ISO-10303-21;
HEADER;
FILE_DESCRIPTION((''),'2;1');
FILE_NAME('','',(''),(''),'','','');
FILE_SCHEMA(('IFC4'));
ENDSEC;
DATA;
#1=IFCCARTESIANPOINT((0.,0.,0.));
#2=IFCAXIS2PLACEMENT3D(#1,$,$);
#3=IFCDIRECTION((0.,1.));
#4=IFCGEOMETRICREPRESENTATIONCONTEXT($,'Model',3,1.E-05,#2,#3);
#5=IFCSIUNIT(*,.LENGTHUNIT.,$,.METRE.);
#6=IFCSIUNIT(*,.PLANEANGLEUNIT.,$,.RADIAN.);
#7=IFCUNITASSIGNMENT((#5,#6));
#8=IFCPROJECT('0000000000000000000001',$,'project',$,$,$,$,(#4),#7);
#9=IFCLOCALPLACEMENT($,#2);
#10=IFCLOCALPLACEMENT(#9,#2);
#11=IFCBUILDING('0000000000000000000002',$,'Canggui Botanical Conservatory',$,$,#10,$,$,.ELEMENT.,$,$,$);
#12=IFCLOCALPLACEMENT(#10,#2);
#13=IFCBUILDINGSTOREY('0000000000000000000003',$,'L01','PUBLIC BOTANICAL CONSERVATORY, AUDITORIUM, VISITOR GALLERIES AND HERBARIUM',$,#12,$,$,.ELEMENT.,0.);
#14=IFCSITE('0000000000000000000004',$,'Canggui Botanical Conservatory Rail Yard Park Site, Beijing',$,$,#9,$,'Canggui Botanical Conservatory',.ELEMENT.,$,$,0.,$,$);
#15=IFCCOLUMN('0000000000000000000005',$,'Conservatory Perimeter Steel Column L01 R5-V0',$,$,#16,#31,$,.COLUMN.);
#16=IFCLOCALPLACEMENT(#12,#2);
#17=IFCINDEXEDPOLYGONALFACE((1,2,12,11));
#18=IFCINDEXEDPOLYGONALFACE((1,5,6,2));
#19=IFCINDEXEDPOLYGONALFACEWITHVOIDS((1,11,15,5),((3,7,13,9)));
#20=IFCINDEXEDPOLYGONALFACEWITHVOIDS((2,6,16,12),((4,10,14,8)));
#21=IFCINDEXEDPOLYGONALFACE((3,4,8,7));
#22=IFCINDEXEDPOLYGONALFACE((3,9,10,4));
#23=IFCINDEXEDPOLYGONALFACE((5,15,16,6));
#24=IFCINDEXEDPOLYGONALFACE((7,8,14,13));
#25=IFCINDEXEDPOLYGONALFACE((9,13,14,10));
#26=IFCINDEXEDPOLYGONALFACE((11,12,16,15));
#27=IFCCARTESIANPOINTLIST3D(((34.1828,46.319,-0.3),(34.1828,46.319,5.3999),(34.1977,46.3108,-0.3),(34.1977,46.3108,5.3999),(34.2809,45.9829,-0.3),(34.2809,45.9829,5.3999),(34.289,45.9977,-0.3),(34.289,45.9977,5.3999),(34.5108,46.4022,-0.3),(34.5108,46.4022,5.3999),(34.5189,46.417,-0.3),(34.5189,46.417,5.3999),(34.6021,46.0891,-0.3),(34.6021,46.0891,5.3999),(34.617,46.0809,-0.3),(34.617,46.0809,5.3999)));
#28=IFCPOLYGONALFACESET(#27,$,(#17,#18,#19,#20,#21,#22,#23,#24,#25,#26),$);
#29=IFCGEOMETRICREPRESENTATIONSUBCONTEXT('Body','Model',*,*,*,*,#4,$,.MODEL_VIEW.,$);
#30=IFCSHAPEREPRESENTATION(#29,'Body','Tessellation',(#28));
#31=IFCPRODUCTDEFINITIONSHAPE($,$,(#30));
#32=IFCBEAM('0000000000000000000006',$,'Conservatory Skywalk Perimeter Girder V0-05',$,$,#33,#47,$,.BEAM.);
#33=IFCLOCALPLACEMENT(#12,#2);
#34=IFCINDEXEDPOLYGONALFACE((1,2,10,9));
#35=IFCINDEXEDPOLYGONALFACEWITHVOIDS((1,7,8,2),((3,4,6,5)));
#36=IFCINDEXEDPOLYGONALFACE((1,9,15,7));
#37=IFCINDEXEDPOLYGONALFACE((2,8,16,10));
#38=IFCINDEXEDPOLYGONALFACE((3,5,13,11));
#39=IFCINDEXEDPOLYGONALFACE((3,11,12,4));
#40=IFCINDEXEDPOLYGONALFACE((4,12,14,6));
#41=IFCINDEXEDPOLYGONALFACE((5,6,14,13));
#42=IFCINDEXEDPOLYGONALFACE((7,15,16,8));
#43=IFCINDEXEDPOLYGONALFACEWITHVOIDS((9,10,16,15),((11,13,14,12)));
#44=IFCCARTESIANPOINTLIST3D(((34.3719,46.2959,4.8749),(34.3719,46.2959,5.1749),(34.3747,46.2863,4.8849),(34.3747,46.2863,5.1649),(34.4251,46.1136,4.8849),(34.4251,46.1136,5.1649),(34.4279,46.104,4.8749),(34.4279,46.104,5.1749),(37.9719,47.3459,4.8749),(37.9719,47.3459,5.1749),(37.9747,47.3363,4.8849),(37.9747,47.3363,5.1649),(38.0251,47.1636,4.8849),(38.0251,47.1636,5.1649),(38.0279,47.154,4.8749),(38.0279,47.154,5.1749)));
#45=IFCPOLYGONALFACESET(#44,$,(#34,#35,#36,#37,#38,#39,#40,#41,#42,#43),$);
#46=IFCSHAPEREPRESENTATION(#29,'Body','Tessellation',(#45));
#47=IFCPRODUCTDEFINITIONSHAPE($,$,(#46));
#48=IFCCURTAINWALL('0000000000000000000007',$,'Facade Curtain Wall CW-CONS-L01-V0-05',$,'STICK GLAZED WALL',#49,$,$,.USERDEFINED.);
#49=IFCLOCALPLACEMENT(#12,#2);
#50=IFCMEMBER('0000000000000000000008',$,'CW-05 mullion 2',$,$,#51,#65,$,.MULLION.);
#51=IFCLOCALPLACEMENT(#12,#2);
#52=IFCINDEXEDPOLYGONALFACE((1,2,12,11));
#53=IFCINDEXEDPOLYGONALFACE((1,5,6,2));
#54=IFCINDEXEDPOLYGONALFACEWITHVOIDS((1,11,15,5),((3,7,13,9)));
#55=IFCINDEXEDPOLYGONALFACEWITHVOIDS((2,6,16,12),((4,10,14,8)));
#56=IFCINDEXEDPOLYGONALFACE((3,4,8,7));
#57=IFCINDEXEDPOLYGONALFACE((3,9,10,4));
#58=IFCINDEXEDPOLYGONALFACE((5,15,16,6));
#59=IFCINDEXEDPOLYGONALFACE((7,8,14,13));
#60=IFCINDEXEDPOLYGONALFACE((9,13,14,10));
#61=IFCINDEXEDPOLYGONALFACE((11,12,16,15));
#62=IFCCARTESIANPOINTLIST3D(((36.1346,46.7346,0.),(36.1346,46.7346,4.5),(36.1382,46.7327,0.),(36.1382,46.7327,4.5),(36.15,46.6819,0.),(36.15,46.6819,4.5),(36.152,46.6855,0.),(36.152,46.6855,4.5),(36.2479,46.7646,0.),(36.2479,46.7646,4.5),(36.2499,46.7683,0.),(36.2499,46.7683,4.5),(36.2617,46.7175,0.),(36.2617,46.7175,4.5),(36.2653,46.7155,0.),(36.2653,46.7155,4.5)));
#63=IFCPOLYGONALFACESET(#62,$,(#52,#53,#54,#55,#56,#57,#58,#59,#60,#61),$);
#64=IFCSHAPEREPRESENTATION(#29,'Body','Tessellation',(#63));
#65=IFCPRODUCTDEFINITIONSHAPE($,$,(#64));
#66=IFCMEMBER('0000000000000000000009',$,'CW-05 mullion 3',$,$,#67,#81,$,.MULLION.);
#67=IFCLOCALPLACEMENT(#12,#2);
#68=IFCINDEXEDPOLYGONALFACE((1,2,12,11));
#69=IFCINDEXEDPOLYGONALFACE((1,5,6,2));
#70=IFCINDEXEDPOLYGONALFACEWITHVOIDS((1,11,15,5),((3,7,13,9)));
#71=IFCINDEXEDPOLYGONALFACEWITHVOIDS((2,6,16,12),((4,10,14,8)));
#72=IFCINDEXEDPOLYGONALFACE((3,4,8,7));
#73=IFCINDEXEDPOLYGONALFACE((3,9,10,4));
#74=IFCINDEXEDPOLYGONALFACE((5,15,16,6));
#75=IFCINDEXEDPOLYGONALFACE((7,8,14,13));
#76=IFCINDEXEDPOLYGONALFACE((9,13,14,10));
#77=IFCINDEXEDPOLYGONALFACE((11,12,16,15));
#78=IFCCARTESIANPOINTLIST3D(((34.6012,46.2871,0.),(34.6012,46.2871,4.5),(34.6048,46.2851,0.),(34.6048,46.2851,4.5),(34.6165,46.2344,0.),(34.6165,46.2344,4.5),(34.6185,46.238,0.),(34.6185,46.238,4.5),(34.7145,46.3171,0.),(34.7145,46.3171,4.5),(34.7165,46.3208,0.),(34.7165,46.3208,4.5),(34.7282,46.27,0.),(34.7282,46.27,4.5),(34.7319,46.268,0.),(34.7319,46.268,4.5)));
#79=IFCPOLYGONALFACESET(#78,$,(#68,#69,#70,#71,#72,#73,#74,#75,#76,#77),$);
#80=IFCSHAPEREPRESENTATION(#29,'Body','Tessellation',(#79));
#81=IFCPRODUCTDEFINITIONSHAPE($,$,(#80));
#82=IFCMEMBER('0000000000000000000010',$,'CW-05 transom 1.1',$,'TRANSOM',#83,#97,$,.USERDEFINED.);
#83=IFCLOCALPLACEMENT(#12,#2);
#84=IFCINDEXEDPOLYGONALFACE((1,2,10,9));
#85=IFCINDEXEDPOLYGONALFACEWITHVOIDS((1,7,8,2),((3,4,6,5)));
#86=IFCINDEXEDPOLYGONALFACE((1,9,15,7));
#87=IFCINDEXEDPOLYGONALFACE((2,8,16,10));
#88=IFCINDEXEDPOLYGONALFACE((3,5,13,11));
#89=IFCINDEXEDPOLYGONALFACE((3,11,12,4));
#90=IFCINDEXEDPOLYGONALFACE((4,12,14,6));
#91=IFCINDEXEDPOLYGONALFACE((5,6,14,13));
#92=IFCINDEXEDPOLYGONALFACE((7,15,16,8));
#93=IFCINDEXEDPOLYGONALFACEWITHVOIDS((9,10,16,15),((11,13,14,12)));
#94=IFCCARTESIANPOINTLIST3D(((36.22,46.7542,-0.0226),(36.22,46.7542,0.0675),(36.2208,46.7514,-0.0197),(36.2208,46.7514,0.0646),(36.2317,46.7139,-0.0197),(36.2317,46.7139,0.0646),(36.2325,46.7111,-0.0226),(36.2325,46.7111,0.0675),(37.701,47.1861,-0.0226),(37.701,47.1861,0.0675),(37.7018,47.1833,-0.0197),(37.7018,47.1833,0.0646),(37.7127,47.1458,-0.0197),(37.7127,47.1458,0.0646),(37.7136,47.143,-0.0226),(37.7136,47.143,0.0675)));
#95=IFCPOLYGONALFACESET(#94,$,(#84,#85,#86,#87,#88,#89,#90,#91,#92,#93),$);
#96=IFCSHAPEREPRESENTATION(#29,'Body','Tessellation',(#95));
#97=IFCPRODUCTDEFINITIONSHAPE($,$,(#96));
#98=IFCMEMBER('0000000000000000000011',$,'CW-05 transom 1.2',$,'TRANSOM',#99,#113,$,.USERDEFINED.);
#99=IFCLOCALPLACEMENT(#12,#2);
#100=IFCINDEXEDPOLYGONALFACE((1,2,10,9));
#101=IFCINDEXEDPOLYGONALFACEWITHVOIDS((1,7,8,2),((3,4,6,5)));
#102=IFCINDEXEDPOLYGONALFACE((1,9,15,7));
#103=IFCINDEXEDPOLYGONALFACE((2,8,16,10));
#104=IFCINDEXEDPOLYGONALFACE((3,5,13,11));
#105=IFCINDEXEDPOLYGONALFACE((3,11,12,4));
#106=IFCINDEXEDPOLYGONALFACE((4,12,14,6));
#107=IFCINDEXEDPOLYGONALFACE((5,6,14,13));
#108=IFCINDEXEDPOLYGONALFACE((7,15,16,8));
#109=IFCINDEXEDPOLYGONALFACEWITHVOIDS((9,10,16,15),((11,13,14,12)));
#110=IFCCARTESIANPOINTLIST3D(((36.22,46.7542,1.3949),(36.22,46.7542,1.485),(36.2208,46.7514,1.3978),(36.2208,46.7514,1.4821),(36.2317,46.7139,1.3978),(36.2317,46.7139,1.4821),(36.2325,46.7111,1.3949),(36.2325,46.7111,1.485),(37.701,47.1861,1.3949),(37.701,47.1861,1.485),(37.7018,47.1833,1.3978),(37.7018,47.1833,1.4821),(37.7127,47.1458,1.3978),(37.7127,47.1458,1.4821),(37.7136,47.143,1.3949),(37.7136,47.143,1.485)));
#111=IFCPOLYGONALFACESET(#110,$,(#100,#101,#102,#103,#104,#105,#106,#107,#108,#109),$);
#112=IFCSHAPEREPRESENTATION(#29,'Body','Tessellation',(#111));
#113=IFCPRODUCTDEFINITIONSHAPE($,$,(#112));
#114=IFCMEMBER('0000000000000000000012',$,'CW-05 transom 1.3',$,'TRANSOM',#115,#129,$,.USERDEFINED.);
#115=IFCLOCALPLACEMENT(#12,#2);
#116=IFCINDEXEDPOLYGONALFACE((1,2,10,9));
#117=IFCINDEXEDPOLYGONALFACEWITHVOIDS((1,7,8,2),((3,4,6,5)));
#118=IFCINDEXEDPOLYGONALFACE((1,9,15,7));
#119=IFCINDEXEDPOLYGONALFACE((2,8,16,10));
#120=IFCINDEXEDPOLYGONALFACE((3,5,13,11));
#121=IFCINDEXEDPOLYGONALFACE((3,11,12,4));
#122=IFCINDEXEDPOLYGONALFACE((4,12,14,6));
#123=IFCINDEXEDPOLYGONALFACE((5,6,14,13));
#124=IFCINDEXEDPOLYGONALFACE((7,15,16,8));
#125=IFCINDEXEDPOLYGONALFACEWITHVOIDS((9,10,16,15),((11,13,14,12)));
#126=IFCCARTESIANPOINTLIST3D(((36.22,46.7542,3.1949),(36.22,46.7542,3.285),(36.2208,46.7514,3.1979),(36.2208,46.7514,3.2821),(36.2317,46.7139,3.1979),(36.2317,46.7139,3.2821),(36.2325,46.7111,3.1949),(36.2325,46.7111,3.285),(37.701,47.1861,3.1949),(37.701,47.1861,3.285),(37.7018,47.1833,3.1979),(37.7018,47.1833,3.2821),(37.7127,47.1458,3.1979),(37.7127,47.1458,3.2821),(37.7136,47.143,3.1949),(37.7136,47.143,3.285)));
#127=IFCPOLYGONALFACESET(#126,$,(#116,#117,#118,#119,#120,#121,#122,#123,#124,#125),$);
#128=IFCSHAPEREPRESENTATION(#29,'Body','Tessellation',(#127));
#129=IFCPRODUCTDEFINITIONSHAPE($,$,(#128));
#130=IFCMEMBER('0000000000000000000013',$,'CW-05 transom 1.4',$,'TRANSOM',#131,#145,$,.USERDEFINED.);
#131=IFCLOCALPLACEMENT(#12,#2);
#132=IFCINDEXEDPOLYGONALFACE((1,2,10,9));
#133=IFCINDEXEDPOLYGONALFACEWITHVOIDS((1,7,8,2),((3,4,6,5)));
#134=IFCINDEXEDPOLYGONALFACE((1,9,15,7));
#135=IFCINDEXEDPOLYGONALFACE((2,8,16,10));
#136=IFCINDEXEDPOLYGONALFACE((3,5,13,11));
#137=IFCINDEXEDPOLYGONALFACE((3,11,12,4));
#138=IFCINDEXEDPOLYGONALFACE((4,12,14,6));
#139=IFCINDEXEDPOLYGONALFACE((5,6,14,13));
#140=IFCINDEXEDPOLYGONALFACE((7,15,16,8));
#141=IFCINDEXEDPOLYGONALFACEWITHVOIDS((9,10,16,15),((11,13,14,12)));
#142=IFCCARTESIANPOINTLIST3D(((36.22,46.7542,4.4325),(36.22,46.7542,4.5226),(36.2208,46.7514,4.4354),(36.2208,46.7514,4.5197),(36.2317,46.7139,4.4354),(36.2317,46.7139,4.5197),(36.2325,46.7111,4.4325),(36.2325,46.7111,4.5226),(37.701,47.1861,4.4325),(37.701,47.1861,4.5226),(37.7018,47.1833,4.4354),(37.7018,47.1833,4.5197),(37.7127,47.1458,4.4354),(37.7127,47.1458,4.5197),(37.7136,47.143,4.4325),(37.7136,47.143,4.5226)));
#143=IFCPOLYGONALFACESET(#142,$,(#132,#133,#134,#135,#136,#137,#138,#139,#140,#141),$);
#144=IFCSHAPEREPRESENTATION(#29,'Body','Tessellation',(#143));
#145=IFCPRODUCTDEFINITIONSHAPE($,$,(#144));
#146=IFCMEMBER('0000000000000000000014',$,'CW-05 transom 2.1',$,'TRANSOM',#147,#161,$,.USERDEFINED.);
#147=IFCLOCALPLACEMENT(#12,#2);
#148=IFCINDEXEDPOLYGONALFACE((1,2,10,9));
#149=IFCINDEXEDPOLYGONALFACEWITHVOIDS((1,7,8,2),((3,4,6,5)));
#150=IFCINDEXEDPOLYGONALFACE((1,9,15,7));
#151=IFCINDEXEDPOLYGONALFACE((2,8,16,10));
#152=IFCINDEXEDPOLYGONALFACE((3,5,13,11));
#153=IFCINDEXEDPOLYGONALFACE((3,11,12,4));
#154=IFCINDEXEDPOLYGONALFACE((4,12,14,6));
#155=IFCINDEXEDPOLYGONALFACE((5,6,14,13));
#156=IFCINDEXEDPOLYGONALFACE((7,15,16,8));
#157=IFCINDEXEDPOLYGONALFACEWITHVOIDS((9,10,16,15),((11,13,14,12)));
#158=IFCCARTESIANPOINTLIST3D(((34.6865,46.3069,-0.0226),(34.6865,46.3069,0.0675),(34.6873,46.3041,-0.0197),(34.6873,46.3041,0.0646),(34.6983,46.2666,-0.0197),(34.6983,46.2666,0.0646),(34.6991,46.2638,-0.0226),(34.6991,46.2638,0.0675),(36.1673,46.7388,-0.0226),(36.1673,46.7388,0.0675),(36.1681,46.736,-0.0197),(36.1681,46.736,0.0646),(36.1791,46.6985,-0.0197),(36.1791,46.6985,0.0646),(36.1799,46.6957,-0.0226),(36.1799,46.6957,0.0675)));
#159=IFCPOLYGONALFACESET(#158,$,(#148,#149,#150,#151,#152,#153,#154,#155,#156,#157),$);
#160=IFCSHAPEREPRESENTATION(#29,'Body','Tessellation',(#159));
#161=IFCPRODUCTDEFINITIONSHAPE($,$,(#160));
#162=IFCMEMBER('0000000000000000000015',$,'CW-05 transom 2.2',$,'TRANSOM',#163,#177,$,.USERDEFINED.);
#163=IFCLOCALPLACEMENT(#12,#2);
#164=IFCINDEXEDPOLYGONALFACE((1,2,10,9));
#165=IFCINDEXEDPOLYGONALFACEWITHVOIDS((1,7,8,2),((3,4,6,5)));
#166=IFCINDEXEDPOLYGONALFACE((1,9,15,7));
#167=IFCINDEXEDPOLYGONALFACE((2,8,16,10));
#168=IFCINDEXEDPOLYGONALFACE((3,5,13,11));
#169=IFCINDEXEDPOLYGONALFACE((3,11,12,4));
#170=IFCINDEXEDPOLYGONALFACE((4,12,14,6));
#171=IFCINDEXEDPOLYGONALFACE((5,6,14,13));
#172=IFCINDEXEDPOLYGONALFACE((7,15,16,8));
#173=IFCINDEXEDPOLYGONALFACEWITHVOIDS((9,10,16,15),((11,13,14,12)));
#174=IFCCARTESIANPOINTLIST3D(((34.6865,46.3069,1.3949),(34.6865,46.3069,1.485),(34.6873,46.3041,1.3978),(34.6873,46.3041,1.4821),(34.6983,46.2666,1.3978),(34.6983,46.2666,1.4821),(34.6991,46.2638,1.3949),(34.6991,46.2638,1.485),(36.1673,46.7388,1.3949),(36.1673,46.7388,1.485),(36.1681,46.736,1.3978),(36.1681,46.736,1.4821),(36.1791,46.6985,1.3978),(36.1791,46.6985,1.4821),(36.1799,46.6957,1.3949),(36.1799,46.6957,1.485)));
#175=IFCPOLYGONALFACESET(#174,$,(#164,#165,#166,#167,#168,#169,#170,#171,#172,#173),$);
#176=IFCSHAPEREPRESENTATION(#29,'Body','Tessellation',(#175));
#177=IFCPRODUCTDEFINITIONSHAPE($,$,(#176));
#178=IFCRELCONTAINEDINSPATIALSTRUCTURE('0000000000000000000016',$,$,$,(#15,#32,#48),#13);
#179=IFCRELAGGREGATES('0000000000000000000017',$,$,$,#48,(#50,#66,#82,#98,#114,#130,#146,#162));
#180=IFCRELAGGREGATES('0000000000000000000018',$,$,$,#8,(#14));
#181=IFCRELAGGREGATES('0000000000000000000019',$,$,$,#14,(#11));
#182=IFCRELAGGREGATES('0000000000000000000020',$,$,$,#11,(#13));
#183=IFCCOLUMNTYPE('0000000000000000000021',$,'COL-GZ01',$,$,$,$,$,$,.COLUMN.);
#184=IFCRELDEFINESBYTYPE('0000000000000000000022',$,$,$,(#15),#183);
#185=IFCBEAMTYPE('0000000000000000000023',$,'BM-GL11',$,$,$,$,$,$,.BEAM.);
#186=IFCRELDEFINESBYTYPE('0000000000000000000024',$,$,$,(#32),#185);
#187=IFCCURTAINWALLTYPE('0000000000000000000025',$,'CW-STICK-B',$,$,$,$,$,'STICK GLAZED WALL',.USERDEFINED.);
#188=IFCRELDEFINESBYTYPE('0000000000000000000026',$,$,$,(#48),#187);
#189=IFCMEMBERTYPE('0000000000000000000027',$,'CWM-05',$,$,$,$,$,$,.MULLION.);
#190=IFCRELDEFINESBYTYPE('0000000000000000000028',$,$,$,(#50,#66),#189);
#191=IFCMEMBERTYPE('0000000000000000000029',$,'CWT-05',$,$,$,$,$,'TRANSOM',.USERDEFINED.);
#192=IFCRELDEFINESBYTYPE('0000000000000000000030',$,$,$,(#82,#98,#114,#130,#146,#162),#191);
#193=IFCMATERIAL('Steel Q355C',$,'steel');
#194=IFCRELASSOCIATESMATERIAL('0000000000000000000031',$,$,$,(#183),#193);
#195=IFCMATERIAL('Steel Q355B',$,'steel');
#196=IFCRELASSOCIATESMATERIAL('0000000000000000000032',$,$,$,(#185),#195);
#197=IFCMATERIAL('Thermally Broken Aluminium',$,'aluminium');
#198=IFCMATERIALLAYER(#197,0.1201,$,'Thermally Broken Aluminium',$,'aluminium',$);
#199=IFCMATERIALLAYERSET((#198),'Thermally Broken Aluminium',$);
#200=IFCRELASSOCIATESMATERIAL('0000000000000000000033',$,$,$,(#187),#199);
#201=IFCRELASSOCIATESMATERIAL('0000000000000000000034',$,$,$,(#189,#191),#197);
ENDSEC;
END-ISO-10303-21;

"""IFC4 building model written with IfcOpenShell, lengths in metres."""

from ifc_helpers import new_model, si_unit, direction, frame, origin, origin_2d, place, context, subcontext, project, spatial, hollow_rectangle, extrude, material, layer, layer_set, material_profile, profile_set, type_object, element, aggregate, save


model = new_model("IFC4")

# Units and contexts
model_context = context("Model", 3, precision=1e-05, world=origin(), true_north=direction((0.0, 1.0)))
body_context = subcontext(model_context, "Body", "Model", "MODEL_VIEW")
ifc_project = project(units=[si_unit("LENGTHUNIT", "METRE"), si_unit("PLANEANGLEUNIT", "RADIAN")], contexts=[model_context])

# Site, building, storey
site_placement = place(None, origin())
site = spatial("IfcSite", under=ifc_project, at=site_placement, Name="Canggui Botanical Conservatory Rail Yard Park Site, Beijing", LongName="Canggui Botanical Conservatory", CompositionType="ELEMENT", RefElevation=0.0)
building_placement = place(site_placement, origin())
building = spatial("IfcBuilding", under=site, at=building_placement, Name="Canggui Botanical Conservatory", CompositionType="ELEMENT")
storey_placement = place(building_placement, origin())
storey = spatial("IfcBuildingStorey", under=building, at=storey_placement, Name="L01", Description="PUBLIC BOTANICAL CONSERVATORY, AUDITORIUM, VISITOR GALLERIES AND HERBARIUM", CompositionType="ELEMENT", Elevation=0.0)

# Column
ifc_material_1 = material(Name="Steel Q355C", Category="steel")
ifc_material_profile_1 = material_profile(ifc_material_1, hollow_rectangle(XDim=0.3501, YDim=0.3501, WallThickness=0.012, at=origin_2d()), Name="SHS 350x350x12")
ifc_profile_set_1 = profile_set([ifc_material_profile_1], Name="Steel Q355C")
column_type = type_object("IfcColumnType", Name="COL-GZ01", PredefinedType="COLUMN", material=ifc_profile_set_1)
column_placement = place(storey_placement, frame((34.3999, 46.2, -0.3), z_axis=(0.0, 0.0, 1.0), x_axis=(0.96, 0.28, 0.0)))
element("IfcColumn", 1, at=column_placement, inside=storey, type_object=column_type, Name="Conservatory Perimeter Steel Column L01 R5-V0", PredefinedType="COLUMN", context=body_context, shape_type="SweptSolid", body=[
    extrude(hollow_rectangle(XDim=0.3501, YDim=0.3501, WallThickness=0.012, at=origin_2d()), origin(), (0.0, 0.0, 1.0), 5.7),
])

# Beam
ifc_material_2 = material(Name="Steel Q355B", Category="steel")
ifc_material_profile_2 = material_profile(ifc_material_2, hollow_rectangle(XDim=0.2, YDim=0.3, WallThickness=0.01, at=origin_2d()), Name="RHS 200x300x10")
ifc_profile_set_2 = profile_set([ifc_material_profile_2], Name="Steel Q355B")
beam_type = type_object("IfcBeamType", Name="BM-GL11", PredefinedType="BEAM", material=ifc_profile_set_2)
beam_placement = place(storey_placement, frame((34.3999, 46.2, 5.0249), z_axis=(0.959999, 0.280005, 0.0), x_axis=(-0.280005, 0.959999, 0.0)))
element("IfcBeam", 2, at=beam_placement, inside=storey, type_object=beam_type, Name="Conservatory Skywalk Perimeter Girder V0-05", PredefinedType="BEAM", context=body_context, shape_type="SweptSolid", body=[
    extrude(hollow_rectangle(XDim=0.2, YDim=0.3, WallThickness=0.01, at=origin_2d()), origin(), (0.0, 0.0, 1.0), 3.75),
])

# Curtain wall, members
ifc_material_3 = material(Name="Thermally Broken Aluminium", Category="aluminium")
ifc_layer_1 = layer(ifc_material_3, 0.1201, Name="Thermally Broken Aluminium", Category="aluminium")
ifc_layer_set_1 = layer_set([ifc_layer_1], Name="Thermally Broken Aluminium")
curtain_wall_type = type_object("IfcCurtainWallType", Name="CW-STICK-B", ElementType="STICK GLAZED WALL", PredefinedType="USERDEFINED", material=ifc_layer_set_1)
curtain_wall_placement = place(storey_placement, origin())
curtain_wall = element("IfcCurtainWall", 3, at=curtain_wall_placement, inside=storey, type_object=curtain_wall_type, Name="Facade Curtain Wall CW-CONS-L01-V0-05", ObjectType="STICK GLAZED WALL", PredefinedType="USERDEFINED")
ifc_material_profile_3 = material_profile(ifc_material_3, hollow_rectangle(XDim=0.0549, YDim=0.1201, WallThickness=0.0029, at=origin_2d()), Name="CWM 55x120x3")
ifc_profile_set_3 = profile_set([ifc_material_profile_3], Name="Thermally Broken Aluminium")
member_type_1 = type_object("IfcMemberType", Name="CWM-05", PredefinedType="MULLION", material=ifc_profile_set_3)
member_1_placement = place(storey_placement, frame((36.2, 46.7251, 0.0), z_axis=(0.0, 0.0, 1.0), x_axis=(0.28, -0.96, 0.0)))
member_1 = element("IfcMember", 4, at=member_1_placement, type_object=member_type_1, Name="CW-05 mullion 2", PredefinedType="MULLION", context=body_context, shape_type="SweptSolid", body=[
    extrude(hollow_rectangle(XDim=0.0549, YDim=0.1201, WallThickness=0.0029, at=origin_2d()), origin(), (0.0, 0.0, 1.0), 4.5),
])
member_2_placement = place(storey_placement, frame((34.6665, 46.2776, 0.0), z_axis=(0.0, 0.0, 1.0), x_axis=(0.28, -0.96, 0.0)))
member_2 = element("IfcMember", 5, at=member_2_placement, type_object=member_type_1, Name="CW-05 mullion 3", PredefinedType="MULLION", context=body_context, shape_type="SweptSolid", body=[
    extrude(hollow_rectangle(XDim=0.0549, YDim=0.1201, WallThickness=0.0029, at=origin_2d()), origin(), (0.0, 0.0, 1.0), 4.5),
])
ifc_material_profile_4 = material_profile(ifc_material_3, hollow_rectangle(XDim=0.0449, YDim=0.0901, WallThickness=0.0029, at=origin_2d()), Name="CWT 45x90x3")
ifc_profile_set_4 = profile_set([ifc_material_profile_4], Name="Thermally Broken Aluminium")
member_type_2 = type_object("IfcMemberType", Name="CWT-05", ElementType="TRANSOM", PredefinedType="USERDEFINED", material=ifc_profile_set_4)
member_3_placement = place(storey_placement, frame((37.7073, 47.1646, 0.0225), z_axis=(-0.960011, -0.279964, 0.0), x_axis=(0.279964, -0.960011, 0.0)))
member_3 = element("IfcMember", 6, at=member_3_placement, type_object=member_type_2, Name="CW-05 transom 1.1", ObjectType="TRANSOM", PredefinedType="USERDEFINED", context=body_context, shape_type="SweptSolid", body=[
    extrude(hollow_rectangle(XDim=0.0449, YDim=0.0901, WallThickness=0.0029, at=origin_2d()), origin(), (0.0, 0.0, 1.0), 1.5427),
])
member_4_placement = place(storey_placement, frame((37.7073, 47.1646, 1.4399), z_axis=(-0.960011, -0.279964, 0.0), x_axis=(0.279964, -0.960011, 0.0)))
member_4 = element("IfcMember", 7, at=member_4_placement, type_object=member_type_2, Name="CW-05 transom 1.2", ObjectType="TRANSOM", PredefinedType="USERDEFINED", context=body_context, shape_type="SweptSolid", body=[
    extrude(hollow_rectangle(XDim=0.0449, YDim=0.0901, WallThickness=0.0029, at=origin_2d()), origin(), (0.0, 0.0, 1.0), 1.5427),
])
member_5_placement = place(storey_placement, frame((37.7073, 47.1646, 3.24), z_axis=(-0.960011, -0.279964, 0.0), x_axis=(0.279964, -0.960011, 0.0)))
member_5 = element("IfcMember", 8, at=member_5_placement, type_object=member_type_2, Name="CW-05 transom 1.3", ObjectType="TRANSOM", PredefinedType="USERDEFINED", context=body_context, shape_type="SweptSolid", body=[
    extrude(hollow_rectangle(XDim=0.0449, YDim=0.0901, WallThickness=0.0029, at=origin_2d()), origin(), (0.0, 0.0, 1.0), 1.5427),
])
member_6_placement = place(storey_placement, frame((37.7073, 47.1646, 4.4775), z_axis=(-0.960011, -0.279964, 0.0), x_axis=(0.279964, -0.960011, 0.0)))
member_6 = element("IfcMember", 9, at=member_6_placement, type_object=member_type_2, Name="CW-05 transom 1.4", ObjectType="TRANSOM", PredefinedType="USERDEFINED", context=body_context, shape_type="SweptSolid", body=[
    extrude(hollow_rectangle(XDim=0.0449, YDim=0.0901, WallThickness=0.0029, at=origin_2d()), origin(), (0.0, 0.0, 1.0), 1.5427),
])
member_7_placement = place(storey_placement, frame((36.1736, 46.7173, 0.0225), z_axis=(-0.959998, -0.280006, 0.0), x_axis=(0.280006, -0.959998, 0.0)))
member_7 = element("IfcMember", 10, at=member_7_placement, type_object=member_type_2, Name="CW-05 transom 2.1", ObjectType="TRANSOM", PredefinedType="USERDEFINED", context=body_context, shape_type="SweptSolid", body=[
    extrude(hollow_rectangle(XDim=0.0449, YDim=0.0901, WallThickness=0.0029, at=origin_2d()), origin(), (0.0, 0.0, 1.0), 1.5425),
])
member_8_placement = place(storey_placement, frame((36.1736, 46.7173, 1.4399), z_axis=(-0.959998, -0.280006, 0.0), x_axis=(0.280006, -0.959998, 0.0)))
member_8 = element("IfcMember", 11, at=member_8_placement, type_object=member_type_2, Name="CW-05 transom 2.2", ObjectType="TRANSOM", PredefinedType="USERDEFINED", context=body_context, shape_type="SweptSolid", body=[
    extrude(hollow_rectangle(XDim=0.0449, YDim=0.0901, WallThickness=0.0029, at=origin_2d()), origin(), (0.0, 0.0, 1.0), 1.5425),
])
aggregate(curtain_wall, [member_1, member_2, member_3, member_4, member_5, member_6, member_7, member_8])

save(model, "model.ifc")
